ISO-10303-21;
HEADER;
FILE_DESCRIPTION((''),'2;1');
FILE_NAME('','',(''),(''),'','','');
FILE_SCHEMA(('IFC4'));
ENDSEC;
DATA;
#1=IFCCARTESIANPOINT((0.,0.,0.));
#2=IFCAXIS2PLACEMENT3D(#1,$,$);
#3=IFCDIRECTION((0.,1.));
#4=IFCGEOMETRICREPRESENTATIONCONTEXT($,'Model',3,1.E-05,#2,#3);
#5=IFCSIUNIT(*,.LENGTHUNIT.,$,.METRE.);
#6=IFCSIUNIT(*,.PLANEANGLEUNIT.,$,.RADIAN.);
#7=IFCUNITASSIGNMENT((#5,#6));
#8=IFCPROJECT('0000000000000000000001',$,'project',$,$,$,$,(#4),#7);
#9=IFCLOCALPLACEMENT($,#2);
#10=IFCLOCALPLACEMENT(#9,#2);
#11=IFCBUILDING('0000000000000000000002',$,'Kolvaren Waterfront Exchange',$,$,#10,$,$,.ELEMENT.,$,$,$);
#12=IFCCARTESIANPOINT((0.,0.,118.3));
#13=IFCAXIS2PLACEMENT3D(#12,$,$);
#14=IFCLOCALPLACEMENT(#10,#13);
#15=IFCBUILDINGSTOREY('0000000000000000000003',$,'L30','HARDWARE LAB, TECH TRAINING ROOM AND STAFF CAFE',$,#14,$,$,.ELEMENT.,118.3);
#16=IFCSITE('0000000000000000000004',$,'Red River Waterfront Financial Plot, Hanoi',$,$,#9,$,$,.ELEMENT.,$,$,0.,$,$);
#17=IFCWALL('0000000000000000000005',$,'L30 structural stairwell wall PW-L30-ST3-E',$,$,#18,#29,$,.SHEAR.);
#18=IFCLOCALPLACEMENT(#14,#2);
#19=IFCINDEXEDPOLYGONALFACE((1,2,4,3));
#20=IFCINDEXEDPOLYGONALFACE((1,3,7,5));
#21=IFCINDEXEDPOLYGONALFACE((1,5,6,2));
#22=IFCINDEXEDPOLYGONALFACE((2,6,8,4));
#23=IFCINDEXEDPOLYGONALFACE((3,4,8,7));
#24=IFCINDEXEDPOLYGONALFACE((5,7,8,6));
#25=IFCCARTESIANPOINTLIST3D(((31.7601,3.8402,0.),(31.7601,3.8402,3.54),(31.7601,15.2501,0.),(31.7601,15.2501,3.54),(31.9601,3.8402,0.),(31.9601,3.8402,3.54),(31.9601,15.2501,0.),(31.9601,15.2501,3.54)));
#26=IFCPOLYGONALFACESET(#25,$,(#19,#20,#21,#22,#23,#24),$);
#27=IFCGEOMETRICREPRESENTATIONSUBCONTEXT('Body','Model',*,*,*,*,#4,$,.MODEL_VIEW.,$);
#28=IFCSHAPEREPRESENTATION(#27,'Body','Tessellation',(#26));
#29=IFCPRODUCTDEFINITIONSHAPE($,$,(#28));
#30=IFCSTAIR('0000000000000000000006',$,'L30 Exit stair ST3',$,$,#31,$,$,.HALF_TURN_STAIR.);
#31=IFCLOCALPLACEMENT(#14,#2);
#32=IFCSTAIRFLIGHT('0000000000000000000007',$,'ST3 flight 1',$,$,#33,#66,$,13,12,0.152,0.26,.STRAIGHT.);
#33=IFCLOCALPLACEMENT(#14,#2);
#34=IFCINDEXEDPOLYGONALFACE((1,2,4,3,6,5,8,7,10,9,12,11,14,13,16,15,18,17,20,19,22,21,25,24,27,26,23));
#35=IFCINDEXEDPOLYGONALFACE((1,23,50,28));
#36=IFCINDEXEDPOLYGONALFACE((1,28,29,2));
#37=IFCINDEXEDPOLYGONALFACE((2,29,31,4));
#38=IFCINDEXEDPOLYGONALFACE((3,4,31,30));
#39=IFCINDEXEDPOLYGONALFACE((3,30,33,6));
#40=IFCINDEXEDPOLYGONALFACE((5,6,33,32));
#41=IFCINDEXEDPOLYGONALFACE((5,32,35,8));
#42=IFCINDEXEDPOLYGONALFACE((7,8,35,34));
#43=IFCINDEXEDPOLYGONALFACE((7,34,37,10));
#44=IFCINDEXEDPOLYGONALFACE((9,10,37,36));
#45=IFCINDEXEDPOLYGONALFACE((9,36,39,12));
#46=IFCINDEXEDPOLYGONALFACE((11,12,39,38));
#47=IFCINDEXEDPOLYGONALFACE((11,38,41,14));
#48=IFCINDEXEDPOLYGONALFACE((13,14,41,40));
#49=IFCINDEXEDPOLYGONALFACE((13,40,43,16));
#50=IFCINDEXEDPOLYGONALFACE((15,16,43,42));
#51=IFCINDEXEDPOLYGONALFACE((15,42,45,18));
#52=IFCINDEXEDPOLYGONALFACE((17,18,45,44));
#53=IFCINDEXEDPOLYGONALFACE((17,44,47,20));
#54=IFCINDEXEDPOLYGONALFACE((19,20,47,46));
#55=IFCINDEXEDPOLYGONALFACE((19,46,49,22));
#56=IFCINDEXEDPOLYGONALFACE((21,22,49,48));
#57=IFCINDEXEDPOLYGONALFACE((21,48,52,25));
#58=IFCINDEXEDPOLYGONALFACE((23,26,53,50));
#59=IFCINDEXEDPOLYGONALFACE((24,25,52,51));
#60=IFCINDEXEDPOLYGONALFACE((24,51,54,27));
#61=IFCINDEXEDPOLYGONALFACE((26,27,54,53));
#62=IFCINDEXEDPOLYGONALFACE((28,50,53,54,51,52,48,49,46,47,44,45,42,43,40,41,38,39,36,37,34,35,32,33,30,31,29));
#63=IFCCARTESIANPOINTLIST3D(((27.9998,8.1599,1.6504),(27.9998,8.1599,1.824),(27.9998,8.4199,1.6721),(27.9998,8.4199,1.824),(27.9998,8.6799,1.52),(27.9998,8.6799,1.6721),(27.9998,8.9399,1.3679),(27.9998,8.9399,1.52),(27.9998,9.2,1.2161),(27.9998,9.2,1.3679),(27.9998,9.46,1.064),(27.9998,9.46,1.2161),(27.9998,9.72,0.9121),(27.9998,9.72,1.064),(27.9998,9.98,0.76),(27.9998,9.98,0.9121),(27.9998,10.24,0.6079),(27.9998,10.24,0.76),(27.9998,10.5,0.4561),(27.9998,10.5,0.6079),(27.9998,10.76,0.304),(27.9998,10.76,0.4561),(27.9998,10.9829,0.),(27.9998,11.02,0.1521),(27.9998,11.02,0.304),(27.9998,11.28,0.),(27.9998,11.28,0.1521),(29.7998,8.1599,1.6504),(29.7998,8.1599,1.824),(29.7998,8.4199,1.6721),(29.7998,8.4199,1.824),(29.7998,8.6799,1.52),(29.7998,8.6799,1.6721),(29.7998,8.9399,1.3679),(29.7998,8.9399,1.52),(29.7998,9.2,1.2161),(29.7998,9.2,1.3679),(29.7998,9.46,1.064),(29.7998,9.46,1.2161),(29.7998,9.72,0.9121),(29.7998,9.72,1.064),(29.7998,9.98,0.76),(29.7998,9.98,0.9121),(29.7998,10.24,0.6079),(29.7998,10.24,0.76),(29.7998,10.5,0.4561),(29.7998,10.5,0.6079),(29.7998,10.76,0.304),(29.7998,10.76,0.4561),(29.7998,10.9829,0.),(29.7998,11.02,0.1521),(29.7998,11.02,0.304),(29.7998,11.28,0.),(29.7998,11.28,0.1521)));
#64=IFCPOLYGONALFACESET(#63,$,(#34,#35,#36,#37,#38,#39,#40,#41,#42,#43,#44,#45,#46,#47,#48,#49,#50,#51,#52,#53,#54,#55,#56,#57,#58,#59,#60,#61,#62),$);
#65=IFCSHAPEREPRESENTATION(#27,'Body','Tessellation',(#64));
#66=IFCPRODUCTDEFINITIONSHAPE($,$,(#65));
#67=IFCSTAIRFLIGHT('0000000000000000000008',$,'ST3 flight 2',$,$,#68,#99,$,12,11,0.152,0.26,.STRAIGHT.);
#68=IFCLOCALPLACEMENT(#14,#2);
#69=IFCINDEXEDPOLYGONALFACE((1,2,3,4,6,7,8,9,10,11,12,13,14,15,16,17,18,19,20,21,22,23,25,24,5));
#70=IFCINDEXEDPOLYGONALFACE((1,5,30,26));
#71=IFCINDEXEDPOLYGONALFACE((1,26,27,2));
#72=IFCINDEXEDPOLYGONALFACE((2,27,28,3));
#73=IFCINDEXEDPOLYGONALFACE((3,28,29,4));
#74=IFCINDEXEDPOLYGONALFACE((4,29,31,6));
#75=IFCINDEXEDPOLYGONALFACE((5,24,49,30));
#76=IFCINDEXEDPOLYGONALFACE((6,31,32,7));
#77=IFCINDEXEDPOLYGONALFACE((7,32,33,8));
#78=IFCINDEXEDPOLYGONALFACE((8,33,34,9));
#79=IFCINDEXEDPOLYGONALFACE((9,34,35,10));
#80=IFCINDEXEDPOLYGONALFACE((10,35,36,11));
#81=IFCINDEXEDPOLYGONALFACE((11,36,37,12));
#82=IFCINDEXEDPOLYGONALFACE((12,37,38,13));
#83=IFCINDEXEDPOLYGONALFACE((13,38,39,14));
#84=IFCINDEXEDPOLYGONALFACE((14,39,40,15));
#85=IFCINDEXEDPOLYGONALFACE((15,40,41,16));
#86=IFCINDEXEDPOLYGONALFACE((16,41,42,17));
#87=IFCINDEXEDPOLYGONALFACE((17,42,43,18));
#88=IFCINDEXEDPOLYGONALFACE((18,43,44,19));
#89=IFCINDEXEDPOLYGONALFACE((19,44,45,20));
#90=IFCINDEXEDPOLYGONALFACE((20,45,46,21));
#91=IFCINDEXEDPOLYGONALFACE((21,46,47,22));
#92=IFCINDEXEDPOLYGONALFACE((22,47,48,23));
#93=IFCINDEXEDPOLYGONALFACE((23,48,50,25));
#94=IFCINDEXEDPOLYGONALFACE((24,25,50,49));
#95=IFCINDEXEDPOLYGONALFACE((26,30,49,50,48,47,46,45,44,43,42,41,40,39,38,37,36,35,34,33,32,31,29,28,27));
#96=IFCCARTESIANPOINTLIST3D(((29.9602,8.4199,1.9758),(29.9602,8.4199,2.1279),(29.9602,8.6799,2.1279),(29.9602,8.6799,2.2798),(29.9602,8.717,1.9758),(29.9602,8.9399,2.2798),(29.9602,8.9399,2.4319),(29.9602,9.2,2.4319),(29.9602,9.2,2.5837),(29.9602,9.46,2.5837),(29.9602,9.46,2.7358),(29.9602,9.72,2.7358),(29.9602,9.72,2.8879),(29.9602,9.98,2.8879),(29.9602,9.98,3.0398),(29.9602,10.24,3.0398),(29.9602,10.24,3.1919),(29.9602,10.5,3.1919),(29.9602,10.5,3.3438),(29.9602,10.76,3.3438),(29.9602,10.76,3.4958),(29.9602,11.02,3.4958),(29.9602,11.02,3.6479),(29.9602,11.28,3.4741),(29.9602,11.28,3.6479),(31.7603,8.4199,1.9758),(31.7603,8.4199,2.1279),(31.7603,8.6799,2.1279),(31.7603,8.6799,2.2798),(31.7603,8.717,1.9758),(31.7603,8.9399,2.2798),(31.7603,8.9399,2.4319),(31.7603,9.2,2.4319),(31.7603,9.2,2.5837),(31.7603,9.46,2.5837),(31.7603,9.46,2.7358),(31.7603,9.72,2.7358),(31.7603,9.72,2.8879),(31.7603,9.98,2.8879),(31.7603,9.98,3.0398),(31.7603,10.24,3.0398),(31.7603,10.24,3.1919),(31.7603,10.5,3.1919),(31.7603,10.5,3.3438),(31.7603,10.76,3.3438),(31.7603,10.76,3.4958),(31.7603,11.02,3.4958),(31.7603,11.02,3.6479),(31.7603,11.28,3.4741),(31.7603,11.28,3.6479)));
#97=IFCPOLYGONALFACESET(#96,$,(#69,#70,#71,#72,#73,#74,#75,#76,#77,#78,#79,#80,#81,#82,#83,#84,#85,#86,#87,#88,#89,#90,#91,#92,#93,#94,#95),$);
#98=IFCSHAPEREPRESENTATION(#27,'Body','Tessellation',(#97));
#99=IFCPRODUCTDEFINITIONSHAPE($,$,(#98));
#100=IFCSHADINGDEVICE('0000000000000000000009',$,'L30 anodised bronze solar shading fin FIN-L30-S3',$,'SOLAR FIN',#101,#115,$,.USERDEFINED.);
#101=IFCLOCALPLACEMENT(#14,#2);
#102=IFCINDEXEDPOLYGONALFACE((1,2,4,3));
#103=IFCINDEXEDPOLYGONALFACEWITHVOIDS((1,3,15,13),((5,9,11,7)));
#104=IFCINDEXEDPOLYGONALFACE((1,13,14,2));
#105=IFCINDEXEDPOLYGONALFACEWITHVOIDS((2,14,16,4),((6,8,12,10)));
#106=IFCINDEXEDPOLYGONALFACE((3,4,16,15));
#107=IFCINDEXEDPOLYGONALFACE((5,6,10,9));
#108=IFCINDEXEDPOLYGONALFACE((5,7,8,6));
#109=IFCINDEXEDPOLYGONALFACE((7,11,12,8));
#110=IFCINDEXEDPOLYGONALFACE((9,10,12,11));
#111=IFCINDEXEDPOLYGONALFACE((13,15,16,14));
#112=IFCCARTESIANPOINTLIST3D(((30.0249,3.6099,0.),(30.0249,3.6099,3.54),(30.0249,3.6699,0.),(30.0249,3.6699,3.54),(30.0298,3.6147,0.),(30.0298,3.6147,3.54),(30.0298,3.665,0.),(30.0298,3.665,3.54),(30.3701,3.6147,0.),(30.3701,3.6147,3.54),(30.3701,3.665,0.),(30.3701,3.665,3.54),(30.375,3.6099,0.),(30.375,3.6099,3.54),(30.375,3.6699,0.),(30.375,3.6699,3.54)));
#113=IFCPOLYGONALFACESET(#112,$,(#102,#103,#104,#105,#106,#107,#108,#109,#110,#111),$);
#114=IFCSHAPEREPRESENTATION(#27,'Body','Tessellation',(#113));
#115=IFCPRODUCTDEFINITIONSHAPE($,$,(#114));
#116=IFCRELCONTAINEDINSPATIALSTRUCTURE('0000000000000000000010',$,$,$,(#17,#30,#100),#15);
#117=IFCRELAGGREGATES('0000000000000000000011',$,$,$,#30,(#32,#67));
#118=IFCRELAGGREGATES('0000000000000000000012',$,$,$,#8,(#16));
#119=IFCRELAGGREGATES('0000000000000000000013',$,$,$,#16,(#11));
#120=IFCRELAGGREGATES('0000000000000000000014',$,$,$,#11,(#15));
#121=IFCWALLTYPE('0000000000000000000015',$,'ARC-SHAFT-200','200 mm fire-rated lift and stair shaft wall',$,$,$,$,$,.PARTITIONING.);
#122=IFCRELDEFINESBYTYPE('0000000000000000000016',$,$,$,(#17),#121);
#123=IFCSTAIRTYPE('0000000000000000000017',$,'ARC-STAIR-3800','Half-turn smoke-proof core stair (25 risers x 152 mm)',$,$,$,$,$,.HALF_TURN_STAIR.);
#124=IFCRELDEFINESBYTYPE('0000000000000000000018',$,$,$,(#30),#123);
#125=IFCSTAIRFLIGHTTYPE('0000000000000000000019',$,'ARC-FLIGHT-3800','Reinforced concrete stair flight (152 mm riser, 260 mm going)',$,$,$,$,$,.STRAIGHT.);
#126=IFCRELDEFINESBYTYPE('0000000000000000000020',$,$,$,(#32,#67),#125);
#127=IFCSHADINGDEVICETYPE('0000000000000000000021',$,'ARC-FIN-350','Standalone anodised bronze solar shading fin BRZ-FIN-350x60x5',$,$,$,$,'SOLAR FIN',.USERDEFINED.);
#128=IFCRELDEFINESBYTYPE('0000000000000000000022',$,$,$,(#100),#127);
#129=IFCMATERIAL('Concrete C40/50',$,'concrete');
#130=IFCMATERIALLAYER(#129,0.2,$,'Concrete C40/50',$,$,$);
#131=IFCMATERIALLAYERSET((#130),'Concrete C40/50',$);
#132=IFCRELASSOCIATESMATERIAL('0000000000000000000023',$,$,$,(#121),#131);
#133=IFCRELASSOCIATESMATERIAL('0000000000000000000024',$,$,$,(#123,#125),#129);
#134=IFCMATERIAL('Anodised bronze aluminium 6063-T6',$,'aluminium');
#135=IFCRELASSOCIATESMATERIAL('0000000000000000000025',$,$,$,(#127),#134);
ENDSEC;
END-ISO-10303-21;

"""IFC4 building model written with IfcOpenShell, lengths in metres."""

from ifc_helpers import new_model, si_unit, direction, frame, frame_2d, origin, origin_2d, place, context, subcontext, project, spatial, polyline, rectangle, hollow_rectangle, outline, extrude, material, layer, layer_set, material_profile, profile_set, type_object, element, aggregate, save


model = new_model("IFC4")

# Units and contexts
model_context = context("Model", 3, precision=1e-05, world=origin(), true_north=direction((0.0, 1.0)))
body_context = subcontext(model_context, "Body", "Model", "MODEL_VIEW")
ifc_project = project(units=[si_unit("LENGTHUNIT", "METRE"), si_unit("PLANEANGLEUNIT", "RADIAN")], contexts=[model_context])

# Site, building, storey
site_placement = place(None, origin())
site = spatial("IfcSite", under=ifc_project, at=site_placement, Name="Red River Waterfront Financial Plot, Hanoi", CompositionType="ELEMENT", RefElevation=0.0)
building_placement = place(site_placement, origin())
building = spatial("IfcBuilding", under=site, at=building_placement, Name="Kolvaren Waterfront Exchange", CompositionType="ELEMENT")
storey_placement = place(building_placement, frame((0.0, 0.0, 118.3)))
storey = spatial("IfcBuildingStorey", under=building, at=storey_placement, Name="L30", Description="HARDWARE LAB, TECH TRAINING ROOM AND STAFF CAFE", CompositionType="ELEMENT", Elevation=118.3)

# Shared definitions
ifc_material_1 = material(Name="Anodised bronze aluminium 6063-T6", Category="aluminium")

# Wall
ifc_material_2 = material(Name="Concrete C40/50", Category="concrete")
ifc_layer_1 = layer(ifc_material_2, 0.2, Name="Concrete C40/50")
ifc_layer_set_1 = layer_set([ifc_layer_1], Name="Concrete C40/50")
wall_type_1 = type_object("IfcWallType", Name="ARC-SHAFT-200", Description="200 mm fire-rated lift and stair shaft wall", PredefinedType="PARTITIONING", material=ifc_layer_set_1)
wall_placement = place(storey_placement, frame((31.8601, 3.8401, 0.0), z_axis=(0.0, 0.0, 1.0), x_axis=(0.0, 1.0, 0.0)))
element("IfcWall", 1, at=wall_placement, inside=storey, type_object=wall_type_1, Name="L30 structural stairwell wall PW-L30-ST3-E", PredefinedType="SHEAR", context=body_context, shape_type="SweptSolid", body=[
    extrude(rectangle(XDim=11.4099, YDim=0.2, at=frame_2d((5.7051, 0.0))), origin(), (0.0, 0.0, 1.0), 3.54),
])

# Stair, stair flights
stair_type = type_object("IfcStairType", Name="ARC-STAIR-3800", Description="Half-turn smoke-proof core stair (25 risers x 152 mm)", PredefinedType="HALF_TURN_STAIR", material=ifc_material_2)
stair_placement = place(storey_placement, origin())
stair = element("IfcStair", 2, at=stair_placement, inside=storey, type_object=stair_type, Name="L30 Exit stair ST3", PredefinedType="HALF_TURN_STAIR")
stair_flight_type = type_object("IfcStairFlightType", Name="ARC-FLIGHT-3800", Description="Reinforced concrete stair flight (152 mm riser, 260 mm going)", PredefinedType="STRAIGHT", material=ifc_material_2)
stair_flight_1_placement = place(storey_placement, frame((28.8999, 11.28, 0.0), z_axis=(0.0, 0.0, 1.0), x_axis=(0.0, -1.0, 0.0)))
stair_flight_1 = element("IfcStairFlight", 3, at=stair_flight_1_placement, type_object=stair_flight_type, Name="ST3 flight 1", NumberOfRisers=13, NumberOfTreads=12, PredefinedType="STRAIGHT", RiserHeight=0.152, TreadLength=0.26, context=body_context, shape_type="SweptSolid", body=[
    extrude(outline(polyline([(0.0, 0.0), (0.0, 0.1521), (0.26, 0.1521), (0.26, 0.304), (0.52, 0.304), (0.52, 0.4561), (0.78, 0.4561), (0.78, 0.6079), (1.04, 0.6079), (1.04, 0.76), (1.3, 0.76), (1.3, 0.9121), (1.5601, 0.9121), (1.5601, 1.064), (1.8201, 1.064), (1.8201, 1.2161), (2.0801, 1.2161), (2.0801, 1.3679), (2.3401, 1.3679), (2.3401, 1.52), (2.6001, 1.52), (2.6001, 1.6721), (2.8601, 1.6721), (2.8601, 1.824), (3.1201, 1.824), (3.1201, 1.9761), (3.1201, 1.6504), (0.2971, 0.0), (0.0, 0.0)])), frame((0.0, 0.8999, 0.0), z_axis=(0.0, -1.0, 0.0), x_axis=(1.0, 0.0, 0.0)), (0.0, 0.0, 1.0), 1.8),
])
stair_flight_2_placement = place(storey_placement, frame((30.8601, 8.4199, 1.9758), z_axis=(0.0, 0.0, 1.0), x_axis=(0.0, 1.0, 0.0)))
stair_flight_2 = element("IfcStairFlight", 4, at=stair_flight_2_placement, type_object=stair_flight_type, Name="ST3 flight 2", NumberOfRisers=12, NumberOfTreads=11, PredefinedType="STRAIGHT", RiserHeight=0.152, TreadLength=0.26, context=body_context, shape_type="SweptSolid", body=[
    extrude(outline(polyline([(0.0, 0.0), (0.0, 0.1521), (0.26, 0.1521), (0.26, 0.304), (0.52, 0.304), (0.52, 0.4561), (0.78, 0.4561), (0.78, 0.6079), (1.04, 0.6079), (1.04, 0.76), (1.3, 0.76), (1.3, 0.9121), (1.5601, 0.9121), (1.5601, 1.064), (1.8201, 1.064), (1.8201, 1.2161), (2.0801, 1.2161), (2.0801, 1.3679), (2.3401, 1.3679), (2.3401, 1.52), (2.6001, 1.52), (2.6001, 1.6721), (2.8601, 1.6721), (2.8601, 1.824), (2.8601, 1.4983), (0.2971, 0.0), (0.0, 0.0)])), frame((0.0, 0.8999, 0.0), z_axis=(0.0, -1.0, 0.0), x_axis=(1.0, 0.0, 0.0)), (0.0, 0.0, 1.0), 1.8),
])
aggregate(stair, [stair_flight_1, stair_flight_2])

# Shading device
ifc_material_profile_1 = material_profile(ifc_material_1, hollow_rectangle(XDim=0.0601, YDim=0.3501, WallThickness=0.0049, at=origin_2d()), Name="BRZ-FIN-350x60x5")
ifc_profile_set_1 = profile_set([ifc_material_profile_1], Name="Anodised bronze aluminium 6063-T6")
shading_device_type = type_object("IfcShadingDeviceType", Name="ARC-FIN-350", Description="Standalone anodised bronze solar shading fin BRZ-FIN-350x60x5", ElementType="SOLAR FIN", PredefinedType="USERDEFINED", material=ifc_profile_set_1)
shading_device_placement = place(storey_placement, frame((30.2, 3.6399, 0.0), z_axis=(0.0, 0.0, 1.0), x_axis=(0.0, -1.0, 0.0)))
element("IfcShadingDevice", 5, at=shading_device_placement, inside=storey, type_object=shading_device_type, Name="L30 anodised bronze solar shading fin FIN-L30-S3", ObjectType="SOLAR FIN", PredefinedType="USERDEFINED", context=body_context, shape_type="SweptSolid", body=[
    extrude(hollow_rectangle(XDim=0.0601, YDim=0.3501, WallThickness=0.0049, at=origin_2d()), origin(), (0.0, 0.0, 1.0), 3.54),
])

save(model, "model.ifc")
